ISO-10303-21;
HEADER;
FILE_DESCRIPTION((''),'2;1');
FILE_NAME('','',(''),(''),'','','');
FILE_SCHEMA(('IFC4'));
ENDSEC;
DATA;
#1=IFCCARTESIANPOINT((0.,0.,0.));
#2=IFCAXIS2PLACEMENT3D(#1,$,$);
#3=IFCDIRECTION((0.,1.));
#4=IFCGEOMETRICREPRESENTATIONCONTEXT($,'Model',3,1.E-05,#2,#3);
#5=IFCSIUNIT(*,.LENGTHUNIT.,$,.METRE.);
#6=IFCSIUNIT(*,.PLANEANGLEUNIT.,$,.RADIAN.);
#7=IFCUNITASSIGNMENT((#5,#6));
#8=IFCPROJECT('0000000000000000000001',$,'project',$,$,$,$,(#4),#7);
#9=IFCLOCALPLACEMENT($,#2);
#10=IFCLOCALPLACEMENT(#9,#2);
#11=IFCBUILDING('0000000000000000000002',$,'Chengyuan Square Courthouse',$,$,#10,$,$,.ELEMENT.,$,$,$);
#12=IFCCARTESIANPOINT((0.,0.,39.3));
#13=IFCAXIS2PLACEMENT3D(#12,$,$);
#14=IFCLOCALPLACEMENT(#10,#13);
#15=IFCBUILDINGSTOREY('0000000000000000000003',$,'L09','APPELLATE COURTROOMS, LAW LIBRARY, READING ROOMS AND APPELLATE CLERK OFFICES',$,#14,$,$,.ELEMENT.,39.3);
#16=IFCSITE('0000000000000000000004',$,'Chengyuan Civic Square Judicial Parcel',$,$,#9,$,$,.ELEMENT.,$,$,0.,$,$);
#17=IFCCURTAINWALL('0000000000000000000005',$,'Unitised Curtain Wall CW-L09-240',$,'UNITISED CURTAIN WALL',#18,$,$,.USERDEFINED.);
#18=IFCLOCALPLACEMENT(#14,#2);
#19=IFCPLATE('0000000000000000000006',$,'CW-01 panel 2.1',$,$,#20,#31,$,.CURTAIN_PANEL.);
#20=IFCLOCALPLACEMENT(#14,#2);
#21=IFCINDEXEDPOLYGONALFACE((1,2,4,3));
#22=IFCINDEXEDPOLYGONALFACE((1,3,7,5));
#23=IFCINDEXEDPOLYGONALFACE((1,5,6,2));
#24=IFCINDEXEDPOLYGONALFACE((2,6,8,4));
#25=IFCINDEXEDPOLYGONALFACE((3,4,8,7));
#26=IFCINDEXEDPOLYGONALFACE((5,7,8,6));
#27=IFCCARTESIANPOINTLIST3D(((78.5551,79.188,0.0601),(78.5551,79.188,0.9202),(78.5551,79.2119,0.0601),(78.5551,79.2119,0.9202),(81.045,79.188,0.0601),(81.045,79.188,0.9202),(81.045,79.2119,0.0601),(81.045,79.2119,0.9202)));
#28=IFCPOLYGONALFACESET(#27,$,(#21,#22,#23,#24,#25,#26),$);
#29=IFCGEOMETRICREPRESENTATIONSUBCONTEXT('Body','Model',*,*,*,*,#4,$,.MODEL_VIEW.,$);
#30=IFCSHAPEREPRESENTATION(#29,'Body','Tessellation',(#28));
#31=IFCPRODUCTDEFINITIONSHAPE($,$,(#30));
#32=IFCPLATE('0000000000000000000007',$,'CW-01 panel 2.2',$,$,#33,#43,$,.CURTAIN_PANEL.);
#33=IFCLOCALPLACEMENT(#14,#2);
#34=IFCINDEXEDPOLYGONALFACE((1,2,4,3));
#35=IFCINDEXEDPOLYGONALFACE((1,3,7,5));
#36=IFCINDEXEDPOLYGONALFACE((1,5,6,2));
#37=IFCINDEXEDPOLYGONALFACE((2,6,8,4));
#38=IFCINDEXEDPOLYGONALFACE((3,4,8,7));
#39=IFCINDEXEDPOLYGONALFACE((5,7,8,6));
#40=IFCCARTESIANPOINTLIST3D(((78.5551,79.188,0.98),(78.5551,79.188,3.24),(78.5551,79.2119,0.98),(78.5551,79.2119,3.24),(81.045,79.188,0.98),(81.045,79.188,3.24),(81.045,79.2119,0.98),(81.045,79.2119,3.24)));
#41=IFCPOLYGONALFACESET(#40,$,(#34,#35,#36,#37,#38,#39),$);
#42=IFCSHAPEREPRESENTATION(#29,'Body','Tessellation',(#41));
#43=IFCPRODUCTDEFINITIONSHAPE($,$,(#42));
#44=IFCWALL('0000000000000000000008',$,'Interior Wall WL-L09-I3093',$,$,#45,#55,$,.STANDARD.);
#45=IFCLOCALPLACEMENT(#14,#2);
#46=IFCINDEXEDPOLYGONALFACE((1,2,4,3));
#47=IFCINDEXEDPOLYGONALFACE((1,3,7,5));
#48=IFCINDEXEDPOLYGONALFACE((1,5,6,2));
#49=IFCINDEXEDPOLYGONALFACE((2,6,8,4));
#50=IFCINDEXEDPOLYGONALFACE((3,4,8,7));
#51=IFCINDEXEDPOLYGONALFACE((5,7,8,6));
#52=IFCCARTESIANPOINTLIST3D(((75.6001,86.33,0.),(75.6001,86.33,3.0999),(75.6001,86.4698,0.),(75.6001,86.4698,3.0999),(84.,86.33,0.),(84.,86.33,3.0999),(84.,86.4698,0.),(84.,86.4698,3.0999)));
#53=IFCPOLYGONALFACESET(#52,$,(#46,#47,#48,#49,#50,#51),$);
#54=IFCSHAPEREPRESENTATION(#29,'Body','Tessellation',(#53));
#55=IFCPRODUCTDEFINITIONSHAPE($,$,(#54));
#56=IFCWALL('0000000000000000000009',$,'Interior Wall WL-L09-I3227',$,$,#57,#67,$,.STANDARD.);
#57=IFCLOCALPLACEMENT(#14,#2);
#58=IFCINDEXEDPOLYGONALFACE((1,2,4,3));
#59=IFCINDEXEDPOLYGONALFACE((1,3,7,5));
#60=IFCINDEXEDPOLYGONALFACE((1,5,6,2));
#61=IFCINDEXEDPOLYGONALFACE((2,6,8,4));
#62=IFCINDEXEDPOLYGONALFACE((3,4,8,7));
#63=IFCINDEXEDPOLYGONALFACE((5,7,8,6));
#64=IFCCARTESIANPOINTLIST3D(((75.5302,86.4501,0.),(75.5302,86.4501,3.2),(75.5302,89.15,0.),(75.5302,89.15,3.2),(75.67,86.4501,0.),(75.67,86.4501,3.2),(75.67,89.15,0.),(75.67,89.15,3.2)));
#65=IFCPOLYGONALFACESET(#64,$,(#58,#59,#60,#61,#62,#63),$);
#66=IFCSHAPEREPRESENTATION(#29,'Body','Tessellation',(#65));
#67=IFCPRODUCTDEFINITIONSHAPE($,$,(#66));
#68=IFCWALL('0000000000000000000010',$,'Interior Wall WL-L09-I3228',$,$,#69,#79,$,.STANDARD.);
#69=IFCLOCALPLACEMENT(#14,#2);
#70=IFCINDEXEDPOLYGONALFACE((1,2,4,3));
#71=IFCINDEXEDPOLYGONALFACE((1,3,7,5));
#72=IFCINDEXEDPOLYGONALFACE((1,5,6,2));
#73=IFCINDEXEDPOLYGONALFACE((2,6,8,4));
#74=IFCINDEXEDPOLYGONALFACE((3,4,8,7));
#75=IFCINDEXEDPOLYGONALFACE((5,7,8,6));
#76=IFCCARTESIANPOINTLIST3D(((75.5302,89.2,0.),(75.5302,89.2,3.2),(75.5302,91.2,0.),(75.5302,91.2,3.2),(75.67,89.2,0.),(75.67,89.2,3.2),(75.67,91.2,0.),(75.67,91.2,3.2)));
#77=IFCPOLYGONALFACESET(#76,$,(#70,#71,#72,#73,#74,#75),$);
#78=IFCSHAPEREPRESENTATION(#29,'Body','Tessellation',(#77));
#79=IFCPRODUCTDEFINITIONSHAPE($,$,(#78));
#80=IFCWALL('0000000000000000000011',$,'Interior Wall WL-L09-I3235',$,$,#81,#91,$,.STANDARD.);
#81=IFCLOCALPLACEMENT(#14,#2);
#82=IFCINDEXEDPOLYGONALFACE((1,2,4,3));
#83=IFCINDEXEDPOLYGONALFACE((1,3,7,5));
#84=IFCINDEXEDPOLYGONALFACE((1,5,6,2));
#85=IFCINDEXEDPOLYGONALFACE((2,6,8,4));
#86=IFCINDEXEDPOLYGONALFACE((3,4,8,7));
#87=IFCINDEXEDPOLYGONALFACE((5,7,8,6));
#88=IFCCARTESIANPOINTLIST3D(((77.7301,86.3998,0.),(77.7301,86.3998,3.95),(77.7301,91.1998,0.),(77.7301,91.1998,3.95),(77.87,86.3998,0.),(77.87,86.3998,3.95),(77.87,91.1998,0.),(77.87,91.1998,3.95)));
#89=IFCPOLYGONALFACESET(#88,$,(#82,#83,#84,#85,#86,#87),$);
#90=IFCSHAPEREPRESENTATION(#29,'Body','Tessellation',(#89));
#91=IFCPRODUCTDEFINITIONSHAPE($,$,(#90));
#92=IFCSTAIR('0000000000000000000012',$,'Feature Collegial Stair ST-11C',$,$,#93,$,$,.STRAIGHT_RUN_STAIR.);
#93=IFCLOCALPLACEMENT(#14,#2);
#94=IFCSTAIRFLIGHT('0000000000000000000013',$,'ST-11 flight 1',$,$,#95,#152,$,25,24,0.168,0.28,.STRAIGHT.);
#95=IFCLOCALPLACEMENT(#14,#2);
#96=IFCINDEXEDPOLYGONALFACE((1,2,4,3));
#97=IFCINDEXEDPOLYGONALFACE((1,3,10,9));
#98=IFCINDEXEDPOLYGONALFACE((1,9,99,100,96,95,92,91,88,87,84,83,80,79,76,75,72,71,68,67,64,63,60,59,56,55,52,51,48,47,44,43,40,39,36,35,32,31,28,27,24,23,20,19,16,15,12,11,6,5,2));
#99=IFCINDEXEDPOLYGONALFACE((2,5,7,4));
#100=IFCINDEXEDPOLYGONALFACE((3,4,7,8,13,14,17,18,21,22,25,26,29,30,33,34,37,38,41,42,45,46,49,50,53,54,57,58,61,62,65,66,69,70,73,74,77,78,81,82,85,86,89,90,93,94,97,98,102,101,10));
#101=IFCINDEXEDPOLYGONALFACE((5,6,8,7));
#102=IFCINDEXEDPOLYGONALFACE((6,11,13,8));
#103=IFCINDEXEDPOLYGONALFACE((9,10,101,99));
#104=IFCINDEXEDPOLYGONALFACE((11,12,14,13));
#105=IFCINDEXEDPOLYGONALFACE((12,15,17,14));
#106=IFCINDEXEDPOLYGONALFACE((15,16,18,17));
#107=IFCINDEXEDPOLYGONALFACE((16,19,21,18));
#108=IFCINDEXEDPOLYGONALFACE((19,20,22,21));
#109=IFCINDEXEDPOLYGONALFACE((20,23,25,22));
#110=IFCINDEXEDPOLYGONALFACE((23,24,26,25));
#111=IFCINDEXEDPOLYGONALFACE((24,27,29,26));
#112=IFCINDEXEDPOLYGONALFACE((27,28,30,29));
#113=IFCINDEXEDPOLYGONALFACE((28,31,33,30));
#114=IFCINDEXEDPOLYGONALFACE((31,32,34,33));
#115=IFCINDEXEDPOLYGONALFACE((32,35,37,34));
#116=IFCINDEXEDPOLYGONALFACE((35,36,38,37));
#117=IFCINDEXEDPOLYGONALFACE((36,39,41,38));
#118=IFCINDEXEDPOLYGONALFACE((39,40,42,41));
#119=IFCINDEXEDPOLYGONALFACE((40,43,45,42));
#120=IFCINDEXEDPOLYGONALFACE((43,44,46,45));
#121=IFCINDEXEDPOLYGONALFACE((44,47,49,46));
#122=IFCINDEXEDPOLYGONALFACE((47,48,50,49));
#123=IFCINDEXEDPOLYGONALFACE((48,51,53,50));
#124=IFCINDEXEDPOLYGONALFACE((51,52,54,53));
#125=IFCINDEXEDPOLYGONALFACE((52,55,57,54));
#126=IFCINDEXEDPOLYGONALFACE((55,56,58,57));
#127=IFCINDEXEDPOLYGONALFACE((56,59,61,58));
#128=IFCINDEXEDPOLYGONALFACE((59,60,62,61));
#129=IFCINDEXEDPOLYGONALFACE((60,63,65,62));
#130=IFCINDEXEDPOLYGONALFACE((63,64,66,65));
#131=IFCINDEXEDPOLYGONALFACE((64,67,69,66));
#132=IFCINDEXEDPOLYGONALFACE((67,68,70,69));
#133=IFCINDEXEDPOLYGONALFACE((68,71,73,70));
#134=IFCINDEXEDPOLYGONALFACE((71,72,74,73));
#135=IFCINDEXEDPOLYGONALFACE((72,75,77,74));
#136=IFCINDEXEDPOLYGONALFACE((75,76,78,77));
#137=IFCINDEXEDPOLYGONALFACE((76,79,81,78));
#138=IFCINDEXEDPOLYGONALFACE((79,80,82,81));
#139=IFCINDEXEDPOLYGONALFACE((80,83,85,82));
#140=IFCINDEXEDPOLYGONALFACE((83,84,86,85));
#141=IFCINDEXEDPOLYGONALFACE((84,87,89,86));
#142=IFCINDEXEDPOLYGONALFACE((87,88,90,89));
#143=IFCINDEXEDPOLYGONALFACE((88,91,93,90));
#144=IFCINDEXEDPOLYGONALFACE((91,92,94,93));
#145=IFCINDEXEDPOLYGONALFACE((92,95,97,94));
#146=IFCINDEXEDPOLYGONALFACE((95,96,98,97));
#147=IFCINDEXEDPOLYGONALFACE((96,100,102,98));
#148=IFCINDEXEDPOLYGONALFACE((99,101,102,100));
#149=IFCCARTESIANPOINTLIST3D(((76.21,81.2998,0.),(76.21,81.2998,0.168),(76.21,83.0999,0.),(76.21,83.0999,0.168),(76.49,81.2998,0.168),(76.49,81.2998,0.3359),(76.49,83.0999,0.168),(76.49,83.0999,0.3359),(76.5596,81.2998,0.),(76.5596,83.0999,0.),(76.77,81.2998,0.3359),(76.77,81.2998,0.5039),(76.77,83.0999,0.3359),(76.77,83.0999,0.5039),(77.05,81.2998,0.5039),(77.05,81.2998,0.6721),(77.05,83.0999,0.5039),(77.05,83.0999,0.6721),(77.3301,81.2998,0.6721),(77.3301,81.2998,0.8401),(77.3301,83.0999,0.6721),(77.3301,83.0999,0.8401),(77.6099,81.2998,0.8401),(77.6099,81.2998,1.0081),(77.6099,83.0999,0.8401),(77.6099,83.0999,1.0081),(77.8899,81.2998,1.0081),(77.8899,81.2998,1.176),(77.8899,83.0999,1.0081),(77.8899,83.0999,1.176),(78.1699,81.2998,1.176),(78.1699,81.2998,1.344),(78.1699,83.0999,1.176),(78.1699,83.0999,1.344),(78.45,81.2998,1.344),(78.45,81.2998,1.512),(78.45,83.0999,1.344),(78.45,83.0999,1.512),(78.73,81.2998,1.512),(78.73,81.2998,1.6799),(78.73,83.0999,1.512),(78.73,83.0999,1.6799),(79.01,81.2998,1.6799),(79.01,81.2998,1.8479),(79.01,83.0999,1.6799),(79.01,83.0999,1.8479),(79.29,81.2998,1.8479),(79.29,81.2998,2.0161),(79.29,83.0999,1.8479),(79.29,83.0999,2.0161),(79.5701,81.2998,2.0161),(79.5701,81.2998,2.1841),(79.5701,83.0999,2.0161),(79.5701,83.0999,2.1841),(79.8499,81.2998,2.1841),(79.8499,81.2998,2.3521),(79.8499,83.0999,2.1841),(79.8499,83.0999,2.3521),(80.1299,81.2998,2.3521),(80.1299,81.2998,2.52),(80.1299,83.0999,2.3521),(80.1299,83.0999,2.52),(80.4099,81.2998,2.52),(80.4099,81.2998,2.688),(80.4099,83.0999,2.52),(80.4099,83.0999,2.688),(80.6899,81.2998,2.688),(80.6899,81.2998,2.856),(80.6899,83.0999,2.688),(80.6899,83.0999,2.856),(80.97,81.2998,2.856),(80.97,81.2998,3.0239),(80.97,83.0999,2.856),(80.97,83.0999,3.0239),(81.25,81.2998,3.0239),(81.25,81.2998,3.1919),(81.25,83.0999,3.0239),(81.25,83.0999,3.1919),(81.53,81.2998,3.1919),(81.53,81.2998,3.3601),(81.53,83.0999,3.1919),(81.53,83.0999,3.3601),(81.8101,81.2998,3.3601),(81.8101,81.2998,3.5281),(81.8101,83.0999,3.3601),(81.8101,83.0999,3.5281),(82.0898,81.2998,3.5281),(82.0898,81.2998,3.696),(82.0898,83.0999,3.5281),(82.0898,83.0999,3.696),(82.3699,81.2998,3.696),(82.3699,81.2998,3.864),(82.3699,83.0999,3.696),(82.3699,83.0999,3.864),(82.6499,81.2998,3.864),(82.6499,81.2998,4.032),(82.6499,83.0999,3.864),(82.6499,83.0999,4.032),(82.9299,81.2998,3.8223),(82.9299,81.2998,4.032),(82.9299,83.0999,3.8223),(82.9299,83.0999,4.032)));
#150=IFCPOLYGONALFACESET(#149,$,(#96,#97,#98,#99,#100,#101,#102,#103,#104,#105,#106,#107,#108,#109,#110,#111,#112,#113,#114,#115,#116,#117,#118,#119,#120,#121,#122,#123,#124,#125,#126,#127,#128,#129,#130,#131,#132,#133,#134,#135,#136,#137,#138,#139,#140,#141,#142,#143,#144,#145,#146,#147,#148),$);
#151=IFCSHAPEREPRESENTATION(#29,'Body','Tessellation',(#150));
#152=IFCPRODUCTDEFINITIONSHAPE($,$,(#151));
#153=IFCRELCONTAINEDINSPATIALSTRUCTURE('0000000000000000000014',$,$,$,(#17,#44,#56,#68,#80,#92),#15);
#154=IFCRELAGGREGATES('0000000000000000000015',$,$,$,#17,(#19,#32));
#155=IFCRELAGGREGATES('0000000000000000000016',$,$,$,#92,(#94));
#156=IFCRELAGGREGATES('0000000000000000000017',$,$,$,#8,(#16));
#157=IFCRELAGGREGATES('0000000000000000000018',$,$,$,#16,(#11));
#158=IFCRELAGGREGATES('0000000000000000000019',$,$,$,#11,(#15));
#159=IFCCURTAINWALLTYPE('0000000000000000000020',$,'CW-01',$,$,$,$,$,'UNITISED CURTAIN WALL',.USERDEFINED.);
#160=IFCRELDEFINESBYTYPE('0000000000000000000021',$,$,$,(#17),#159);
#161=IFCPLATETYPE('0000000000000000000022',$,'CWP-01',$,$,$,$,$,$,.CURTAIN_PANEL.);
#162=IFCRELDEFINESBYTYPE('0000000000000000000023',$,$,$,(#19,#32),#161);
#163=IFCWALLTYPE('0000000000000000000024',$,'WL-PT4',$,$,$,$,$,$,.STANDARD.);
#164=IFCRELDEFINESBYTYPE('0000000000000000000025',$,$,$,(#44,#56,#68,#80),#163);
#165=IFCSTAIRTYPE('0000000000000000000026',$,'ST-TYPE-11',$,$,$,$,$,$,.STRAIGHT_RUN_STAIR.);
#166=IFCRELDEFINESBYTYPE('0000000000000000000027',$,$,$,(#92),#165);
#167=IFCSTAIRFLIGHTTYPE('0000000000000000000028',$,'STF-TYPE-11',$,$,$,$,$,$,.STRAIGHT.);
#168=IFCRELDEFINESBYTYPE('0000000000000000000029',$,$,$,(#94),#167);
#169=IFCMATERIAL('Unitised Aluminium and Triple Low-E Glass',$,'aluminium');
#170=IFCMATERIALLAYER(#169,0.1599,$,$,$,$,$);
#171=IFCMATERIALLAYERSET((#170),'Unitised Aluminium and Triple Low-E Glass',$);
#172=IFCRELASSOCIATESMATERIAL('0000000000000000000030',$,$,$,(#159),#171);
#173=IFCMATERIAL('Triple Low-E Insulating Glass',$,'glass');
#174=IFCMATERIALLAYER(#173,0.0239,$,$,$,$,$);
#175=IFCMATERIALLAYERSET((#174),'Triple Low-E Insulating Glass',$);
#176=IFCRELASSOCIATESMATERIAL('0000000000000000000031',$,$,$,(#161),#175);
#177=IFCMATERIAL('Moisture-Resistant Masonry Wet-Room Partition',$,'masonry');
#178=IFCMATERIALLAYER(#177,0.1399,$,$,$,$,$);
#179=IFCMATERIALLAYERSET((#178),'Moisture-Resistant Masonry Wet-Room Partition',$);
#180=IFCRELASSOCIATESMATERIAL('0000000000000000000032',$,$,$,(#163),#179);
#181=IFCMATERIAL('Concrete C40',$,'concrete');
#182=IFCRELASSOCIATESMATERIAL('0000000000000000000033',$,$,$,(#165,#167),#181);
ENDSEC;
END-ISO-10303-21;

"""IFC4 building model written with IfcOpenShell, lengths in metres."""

from ifc_helpers import new_model, si_unit, direction, frame, frame_2d, origin, origin_2d, place, context, subcontext, project, spatial, polyline, rectangle, outline, extrude, material, layer, layer_set, type_object, element, aggregate, save


model = new_model("IFC4")

# Units and contexts
model_context = context("Model", 3, precision=1e-05, world=origin(), true_north=direction((0.0, 1.0)))
body_context = subcontext(model_context, "Body", "Model", "MODEL_VIEW")
ifc_project = project(units=[si_unit("LENGTHUNIT", "METRE"), si_unit("PLANEANGLEUNIT", "RADIAN")], contexts=[model_context])

# Site, building, storey
site_placement = place(None, origin())
site = spatial("IfcSite", under=ifc_project, at=site_placement, Name="Chengyuan Civic Square Judicial Parcel", CompositionType="ELEMENT", RefElevation=0.0)
building_placement = place(site_placement, origin())
building = spatial("IfcBuilding", under=site, at=building_placement, Name="Chengyuan Square Courthouse", CompositionType="ELEMENT")
storey_placement = place(building_placement, frame((0.0, 0.0, 39.3)))
storey = spatial("IfcBuildingStorey", under=building, at=storey_placement, Name="L09", Description="APPELLATE COURTROOMS, LAW LIBRARY, READING ROOMS AND APPELLATE CLERK OFFICES", CompositionType="ELEMENT", Elevation=39.3)

# Shared definitions
ifc_material_1 = material(Name="Concrete C40", Category="concrete")

# Curtain wall, plates
ifc_material_2 = material(Name="Unitised Aluminium and Triple Low-E Glass", Category="aluminium")
ifc_layer_1 = layer(ifc_material_2, 0.1599)
ifc_layer_set_1 = layer_set([ifc_layer_1], Name="Unitised Aluminium and Triple Low-E Glass")
curtain_wall_type = type_object("IfcCurtainWallType", Name="CW-01", ElementType="UNITISED CURTAIN WALL", PredefinedType="USERDEFINED", material=ifc_layer_set_1)
curtain_wall_placement = place(storey_placement, origin())
curtain_wall = element("IfcCurtainWall", 1, at=curtain_wall_placement, inside=storey, type_object=curtain_wall_type, Name="Unitised Curtain Wall CW-L09-240", ObjectType="UNITISED CURTAIN WALL", PredefinedType="USERDEFINED")
ifc_material_3 = material(Name="Triple Low-E Insulating Glass", Category="glass")
ifc_layer_2 = layer(ifc_material_3, 0.0239)
ifc_layer_set_2 = layer_set([ifc_layer_2], Name="Triple Low-E Insulating Glass")
plate_type = type_object("IfcPlateType", Name="CWP-01", PredefinedType="CURTAIN_PANEL", material=ifc_layer_set_2)
plate_1_placement = place(storey_placement, frame((79.8, 79.2, 0.0601), z_axis=(0.0, 0.0, 1.0), x_axis=(1.0, 0.0, 0.0)))
plate_1 = element("IfcPlate", 2, at=plate_1_placement, type_object=plate_type, Name="CW-01 panel 2.1", PredefinedType="CURTAIN_PANEL", context=body_context, shape_type="SweptSolid", body=[
    extrude(rectangle(XDim=2.49, YDim=0.0239, at=origin_2d()), origin(), (0.0, 0.0, 1.0), 0.8601),
])
plate_2_placement = place(storey_placement, frame((79.8, 79.2, 0.98), z_axis=(0.0, 0.0, 1.0), x_axis=(1.0, 0.0, 0.0)))
plate_2 = element("IfcPlate", 3, at=plate_2_placement, type_object=plate_type, Name="CW-01 panel 2.2", PredefinedType="CURTAIN_PANEL", context=body_context, shape_type="SweptSolid", body=[
    extrude(rectangle(XDim=2.49, YDim=0.0239, at=origin_2d()), origin(), (0.0, 0.0, 1.0), 2.26),
])
aggregate(curtain_wall, [plate_1, plate_2])

# Walls
ifc_material_4 = material(Name="Moisture-Resistant Masonry Wet-Room Partition", Category="masonry")
ifc_layer_3 = layer(ifc_material_4, 0.1399)
ifc_layer_set_3 = layer_set([ifc_layer_3], Name="Moisture-Resistant Masonry Wet-Room Partition")
wall_type = type_object("IfcWallType", Name="WL-PT4", PredefinedType="STANDARD", material=ifc_layer_set_3)
wall_1_placement = place(storey_placement, frame((75.6001, 86.3999, 0.0), z_axis=(0.0, 0.0, 1.0), x_axis=(1.0, 0.0, 0.0)))
element("IfcWall", 4, at=wall_1_placement, inside=storey, type_object=wall_type, Name="Interior Wall WL-L09-I3093", PredefinedType="STANDARD", context=body_context, shape_type="SweptSolid", body=[
    extrude(rectangle(XDim=8.3999, YDim=0.1399, at=frame_2d((4.2, 0.0))), origin(), (0.0, 0.0, 1.0), 3.0999),
])
wall_2_placement = place(storey_placement, frame((75.6001, 86.45, 0.0), z_axis=(0.0, 0.0, 1.0), x_axis=(0.0, 1.0, 0.0)))
element("IfcWall", 5, at=wall_2_placement, inside=storey, type_object=wall_type, Name="Interior Wall WL-L09-I3227", PredefinedType="STANDARD", context=body_context, shape_type="SweptSolid", body=[
    extrude(rectangle(XDim=2.7, YDim=0.1399, at=frame_2d((1.3501, 0.0))), origin(), (0.0, 0.0, 1.0), 3.2),
])
wall_3_placement = place(storey_placement, frame((75.6001, 89.2, 0.0), z_axis=(0.0, 0.0, 1.0), x_axis=(0.0, 1.0, 0.0)))
element("IfcWall", 6, at=wall_3_placement, inside=storey, type_object=wall_type, Name="Interior Wall WL-L09-I3228", PredefinedType="STANDARD", context=body_context, shape_type="SweptSolid", body=[
    extrude(rectangle(XDim=2.0, YDim=0.1399, at=frame_2d((1.0, 0.0))), origin(), (0.0, 0.0, 1.0), 3.2),
])
wall_4_placement = place(storey_placement, frame((77.8, 86.3999, 0.0), z_axis=(0.0, 0.0, 1.0), x_axis=(0.0, 1.0, 0.0)))
element("IfcWall", 7, at=wall_4_placement, inside=storey, type_object=wall_type, Name="Interior Wall WL-L09-I3235", PredefinedType="STANDARD", context=body_context, shape_type="SweptSolid", body=[
    extrude(rectangle(XDim=4.8, YDim=0.1399, at=frame_2d((2.3999, 0.0))), origin(), (0.0, 0.0, 1.0), 3.95),
])

# Stair, stair flight
stair_type = type_object("IfcStairType", Name="ST-TYPE-11", PredefinedType="STRAIGHT_RUN_STAIR", material=ifc_material_1)
stair_placement = place(storey_placement, origin())
stair = element("IfcStair", 8, at=stair_placement, inside=storey, type_object=stair_type, Name="Feature Collegial Stair ST-11C", PredefinedType="STRAIGHT_RUN_STAIR")
stair_flight_type = type_object("IfcStairFlightType", Name="STF-TYPE-11", PredefinedType="STRAIGHT", material=ifc_material_1)
stair_flight_placement = place(storey_placement, frame((76.21, 82.2, 0.0), z_axis=(0.0, 0.0, 1.0), x_axis=(1.0, 0.0, 0.0)))
stair_flight = element("IfcStairFlight", 9, at=stair_flight_placement, type_object=stair_flight_type, Name="ST-11 flight 1", NumberOfRisers=25, NumberOfTreads=24, PredefinedType="STRAIGHT", RiserHeight=0.168, TreadLength=0.28, context=body_context, shape_type="SweptSolid", body=[
    extrude(outline(polyline([(0.0, 0.0), (0.0, 0.168), (0.28, 0.168), (0.28, 0.3359), (0.5601, 0.3359), (0.5601, 0.5039), (0.8401, 0.5039), (0.8401, 0.6721), (1.1201, 0.6721), (1.1201, 0.8401), (1.3999, 0.8401), (1.3999, 1.0081), (1.6799, 1.0081), (1.6799, 1.176), (1.96, 1.176), (1.96, 1.344), (2.24, 1.344), (2.24, 1.512), (2.52, 1.512), (2.52, 1.6799), (2.8, 1.6799), (2.8, 1.8479), (3.0801, 1.8479), (3.0801, 2.0161), (3.3601, 2.0161), (3.3601, 2.1841), (3.6399, 2.1841), (3.6399, 2.3521), (3.9199, 2.3521), (3.9199, 2.52), (4.2, 2.52), (4.2, 2.688), (4.48, 2.688), (4.48, 2.856), (4.76, 2.856), (4.76, 3.0239), (5.04, 3.0239), (5.04, 3.1919), (5.3201, 3.1919), (5.3201, 3.3601), (5.6001, 3.3601), (5.6001, 3.5281), (5.8799, 3.5281), (5.8799, 3.696), (6.1599, 3.696), (6.1599, 3.864), (6.4399, 3.864), (6.4399, 4.032), (6.72, 4.032), (6.72, 4.2), (6.72, 3.8223), (0.3496, 0.0), (0.0, 0.0)])), frame((0.0, 0.8999, 0.0), z_axis=(0.0, -1.0, 0.0), x_axis=(1.0, 0.0, 0.0)), (0.0, 0.0, 1.0), 1.8),
])
aggregate(stair, [stair_flight])

save(model, "model.ifc")
